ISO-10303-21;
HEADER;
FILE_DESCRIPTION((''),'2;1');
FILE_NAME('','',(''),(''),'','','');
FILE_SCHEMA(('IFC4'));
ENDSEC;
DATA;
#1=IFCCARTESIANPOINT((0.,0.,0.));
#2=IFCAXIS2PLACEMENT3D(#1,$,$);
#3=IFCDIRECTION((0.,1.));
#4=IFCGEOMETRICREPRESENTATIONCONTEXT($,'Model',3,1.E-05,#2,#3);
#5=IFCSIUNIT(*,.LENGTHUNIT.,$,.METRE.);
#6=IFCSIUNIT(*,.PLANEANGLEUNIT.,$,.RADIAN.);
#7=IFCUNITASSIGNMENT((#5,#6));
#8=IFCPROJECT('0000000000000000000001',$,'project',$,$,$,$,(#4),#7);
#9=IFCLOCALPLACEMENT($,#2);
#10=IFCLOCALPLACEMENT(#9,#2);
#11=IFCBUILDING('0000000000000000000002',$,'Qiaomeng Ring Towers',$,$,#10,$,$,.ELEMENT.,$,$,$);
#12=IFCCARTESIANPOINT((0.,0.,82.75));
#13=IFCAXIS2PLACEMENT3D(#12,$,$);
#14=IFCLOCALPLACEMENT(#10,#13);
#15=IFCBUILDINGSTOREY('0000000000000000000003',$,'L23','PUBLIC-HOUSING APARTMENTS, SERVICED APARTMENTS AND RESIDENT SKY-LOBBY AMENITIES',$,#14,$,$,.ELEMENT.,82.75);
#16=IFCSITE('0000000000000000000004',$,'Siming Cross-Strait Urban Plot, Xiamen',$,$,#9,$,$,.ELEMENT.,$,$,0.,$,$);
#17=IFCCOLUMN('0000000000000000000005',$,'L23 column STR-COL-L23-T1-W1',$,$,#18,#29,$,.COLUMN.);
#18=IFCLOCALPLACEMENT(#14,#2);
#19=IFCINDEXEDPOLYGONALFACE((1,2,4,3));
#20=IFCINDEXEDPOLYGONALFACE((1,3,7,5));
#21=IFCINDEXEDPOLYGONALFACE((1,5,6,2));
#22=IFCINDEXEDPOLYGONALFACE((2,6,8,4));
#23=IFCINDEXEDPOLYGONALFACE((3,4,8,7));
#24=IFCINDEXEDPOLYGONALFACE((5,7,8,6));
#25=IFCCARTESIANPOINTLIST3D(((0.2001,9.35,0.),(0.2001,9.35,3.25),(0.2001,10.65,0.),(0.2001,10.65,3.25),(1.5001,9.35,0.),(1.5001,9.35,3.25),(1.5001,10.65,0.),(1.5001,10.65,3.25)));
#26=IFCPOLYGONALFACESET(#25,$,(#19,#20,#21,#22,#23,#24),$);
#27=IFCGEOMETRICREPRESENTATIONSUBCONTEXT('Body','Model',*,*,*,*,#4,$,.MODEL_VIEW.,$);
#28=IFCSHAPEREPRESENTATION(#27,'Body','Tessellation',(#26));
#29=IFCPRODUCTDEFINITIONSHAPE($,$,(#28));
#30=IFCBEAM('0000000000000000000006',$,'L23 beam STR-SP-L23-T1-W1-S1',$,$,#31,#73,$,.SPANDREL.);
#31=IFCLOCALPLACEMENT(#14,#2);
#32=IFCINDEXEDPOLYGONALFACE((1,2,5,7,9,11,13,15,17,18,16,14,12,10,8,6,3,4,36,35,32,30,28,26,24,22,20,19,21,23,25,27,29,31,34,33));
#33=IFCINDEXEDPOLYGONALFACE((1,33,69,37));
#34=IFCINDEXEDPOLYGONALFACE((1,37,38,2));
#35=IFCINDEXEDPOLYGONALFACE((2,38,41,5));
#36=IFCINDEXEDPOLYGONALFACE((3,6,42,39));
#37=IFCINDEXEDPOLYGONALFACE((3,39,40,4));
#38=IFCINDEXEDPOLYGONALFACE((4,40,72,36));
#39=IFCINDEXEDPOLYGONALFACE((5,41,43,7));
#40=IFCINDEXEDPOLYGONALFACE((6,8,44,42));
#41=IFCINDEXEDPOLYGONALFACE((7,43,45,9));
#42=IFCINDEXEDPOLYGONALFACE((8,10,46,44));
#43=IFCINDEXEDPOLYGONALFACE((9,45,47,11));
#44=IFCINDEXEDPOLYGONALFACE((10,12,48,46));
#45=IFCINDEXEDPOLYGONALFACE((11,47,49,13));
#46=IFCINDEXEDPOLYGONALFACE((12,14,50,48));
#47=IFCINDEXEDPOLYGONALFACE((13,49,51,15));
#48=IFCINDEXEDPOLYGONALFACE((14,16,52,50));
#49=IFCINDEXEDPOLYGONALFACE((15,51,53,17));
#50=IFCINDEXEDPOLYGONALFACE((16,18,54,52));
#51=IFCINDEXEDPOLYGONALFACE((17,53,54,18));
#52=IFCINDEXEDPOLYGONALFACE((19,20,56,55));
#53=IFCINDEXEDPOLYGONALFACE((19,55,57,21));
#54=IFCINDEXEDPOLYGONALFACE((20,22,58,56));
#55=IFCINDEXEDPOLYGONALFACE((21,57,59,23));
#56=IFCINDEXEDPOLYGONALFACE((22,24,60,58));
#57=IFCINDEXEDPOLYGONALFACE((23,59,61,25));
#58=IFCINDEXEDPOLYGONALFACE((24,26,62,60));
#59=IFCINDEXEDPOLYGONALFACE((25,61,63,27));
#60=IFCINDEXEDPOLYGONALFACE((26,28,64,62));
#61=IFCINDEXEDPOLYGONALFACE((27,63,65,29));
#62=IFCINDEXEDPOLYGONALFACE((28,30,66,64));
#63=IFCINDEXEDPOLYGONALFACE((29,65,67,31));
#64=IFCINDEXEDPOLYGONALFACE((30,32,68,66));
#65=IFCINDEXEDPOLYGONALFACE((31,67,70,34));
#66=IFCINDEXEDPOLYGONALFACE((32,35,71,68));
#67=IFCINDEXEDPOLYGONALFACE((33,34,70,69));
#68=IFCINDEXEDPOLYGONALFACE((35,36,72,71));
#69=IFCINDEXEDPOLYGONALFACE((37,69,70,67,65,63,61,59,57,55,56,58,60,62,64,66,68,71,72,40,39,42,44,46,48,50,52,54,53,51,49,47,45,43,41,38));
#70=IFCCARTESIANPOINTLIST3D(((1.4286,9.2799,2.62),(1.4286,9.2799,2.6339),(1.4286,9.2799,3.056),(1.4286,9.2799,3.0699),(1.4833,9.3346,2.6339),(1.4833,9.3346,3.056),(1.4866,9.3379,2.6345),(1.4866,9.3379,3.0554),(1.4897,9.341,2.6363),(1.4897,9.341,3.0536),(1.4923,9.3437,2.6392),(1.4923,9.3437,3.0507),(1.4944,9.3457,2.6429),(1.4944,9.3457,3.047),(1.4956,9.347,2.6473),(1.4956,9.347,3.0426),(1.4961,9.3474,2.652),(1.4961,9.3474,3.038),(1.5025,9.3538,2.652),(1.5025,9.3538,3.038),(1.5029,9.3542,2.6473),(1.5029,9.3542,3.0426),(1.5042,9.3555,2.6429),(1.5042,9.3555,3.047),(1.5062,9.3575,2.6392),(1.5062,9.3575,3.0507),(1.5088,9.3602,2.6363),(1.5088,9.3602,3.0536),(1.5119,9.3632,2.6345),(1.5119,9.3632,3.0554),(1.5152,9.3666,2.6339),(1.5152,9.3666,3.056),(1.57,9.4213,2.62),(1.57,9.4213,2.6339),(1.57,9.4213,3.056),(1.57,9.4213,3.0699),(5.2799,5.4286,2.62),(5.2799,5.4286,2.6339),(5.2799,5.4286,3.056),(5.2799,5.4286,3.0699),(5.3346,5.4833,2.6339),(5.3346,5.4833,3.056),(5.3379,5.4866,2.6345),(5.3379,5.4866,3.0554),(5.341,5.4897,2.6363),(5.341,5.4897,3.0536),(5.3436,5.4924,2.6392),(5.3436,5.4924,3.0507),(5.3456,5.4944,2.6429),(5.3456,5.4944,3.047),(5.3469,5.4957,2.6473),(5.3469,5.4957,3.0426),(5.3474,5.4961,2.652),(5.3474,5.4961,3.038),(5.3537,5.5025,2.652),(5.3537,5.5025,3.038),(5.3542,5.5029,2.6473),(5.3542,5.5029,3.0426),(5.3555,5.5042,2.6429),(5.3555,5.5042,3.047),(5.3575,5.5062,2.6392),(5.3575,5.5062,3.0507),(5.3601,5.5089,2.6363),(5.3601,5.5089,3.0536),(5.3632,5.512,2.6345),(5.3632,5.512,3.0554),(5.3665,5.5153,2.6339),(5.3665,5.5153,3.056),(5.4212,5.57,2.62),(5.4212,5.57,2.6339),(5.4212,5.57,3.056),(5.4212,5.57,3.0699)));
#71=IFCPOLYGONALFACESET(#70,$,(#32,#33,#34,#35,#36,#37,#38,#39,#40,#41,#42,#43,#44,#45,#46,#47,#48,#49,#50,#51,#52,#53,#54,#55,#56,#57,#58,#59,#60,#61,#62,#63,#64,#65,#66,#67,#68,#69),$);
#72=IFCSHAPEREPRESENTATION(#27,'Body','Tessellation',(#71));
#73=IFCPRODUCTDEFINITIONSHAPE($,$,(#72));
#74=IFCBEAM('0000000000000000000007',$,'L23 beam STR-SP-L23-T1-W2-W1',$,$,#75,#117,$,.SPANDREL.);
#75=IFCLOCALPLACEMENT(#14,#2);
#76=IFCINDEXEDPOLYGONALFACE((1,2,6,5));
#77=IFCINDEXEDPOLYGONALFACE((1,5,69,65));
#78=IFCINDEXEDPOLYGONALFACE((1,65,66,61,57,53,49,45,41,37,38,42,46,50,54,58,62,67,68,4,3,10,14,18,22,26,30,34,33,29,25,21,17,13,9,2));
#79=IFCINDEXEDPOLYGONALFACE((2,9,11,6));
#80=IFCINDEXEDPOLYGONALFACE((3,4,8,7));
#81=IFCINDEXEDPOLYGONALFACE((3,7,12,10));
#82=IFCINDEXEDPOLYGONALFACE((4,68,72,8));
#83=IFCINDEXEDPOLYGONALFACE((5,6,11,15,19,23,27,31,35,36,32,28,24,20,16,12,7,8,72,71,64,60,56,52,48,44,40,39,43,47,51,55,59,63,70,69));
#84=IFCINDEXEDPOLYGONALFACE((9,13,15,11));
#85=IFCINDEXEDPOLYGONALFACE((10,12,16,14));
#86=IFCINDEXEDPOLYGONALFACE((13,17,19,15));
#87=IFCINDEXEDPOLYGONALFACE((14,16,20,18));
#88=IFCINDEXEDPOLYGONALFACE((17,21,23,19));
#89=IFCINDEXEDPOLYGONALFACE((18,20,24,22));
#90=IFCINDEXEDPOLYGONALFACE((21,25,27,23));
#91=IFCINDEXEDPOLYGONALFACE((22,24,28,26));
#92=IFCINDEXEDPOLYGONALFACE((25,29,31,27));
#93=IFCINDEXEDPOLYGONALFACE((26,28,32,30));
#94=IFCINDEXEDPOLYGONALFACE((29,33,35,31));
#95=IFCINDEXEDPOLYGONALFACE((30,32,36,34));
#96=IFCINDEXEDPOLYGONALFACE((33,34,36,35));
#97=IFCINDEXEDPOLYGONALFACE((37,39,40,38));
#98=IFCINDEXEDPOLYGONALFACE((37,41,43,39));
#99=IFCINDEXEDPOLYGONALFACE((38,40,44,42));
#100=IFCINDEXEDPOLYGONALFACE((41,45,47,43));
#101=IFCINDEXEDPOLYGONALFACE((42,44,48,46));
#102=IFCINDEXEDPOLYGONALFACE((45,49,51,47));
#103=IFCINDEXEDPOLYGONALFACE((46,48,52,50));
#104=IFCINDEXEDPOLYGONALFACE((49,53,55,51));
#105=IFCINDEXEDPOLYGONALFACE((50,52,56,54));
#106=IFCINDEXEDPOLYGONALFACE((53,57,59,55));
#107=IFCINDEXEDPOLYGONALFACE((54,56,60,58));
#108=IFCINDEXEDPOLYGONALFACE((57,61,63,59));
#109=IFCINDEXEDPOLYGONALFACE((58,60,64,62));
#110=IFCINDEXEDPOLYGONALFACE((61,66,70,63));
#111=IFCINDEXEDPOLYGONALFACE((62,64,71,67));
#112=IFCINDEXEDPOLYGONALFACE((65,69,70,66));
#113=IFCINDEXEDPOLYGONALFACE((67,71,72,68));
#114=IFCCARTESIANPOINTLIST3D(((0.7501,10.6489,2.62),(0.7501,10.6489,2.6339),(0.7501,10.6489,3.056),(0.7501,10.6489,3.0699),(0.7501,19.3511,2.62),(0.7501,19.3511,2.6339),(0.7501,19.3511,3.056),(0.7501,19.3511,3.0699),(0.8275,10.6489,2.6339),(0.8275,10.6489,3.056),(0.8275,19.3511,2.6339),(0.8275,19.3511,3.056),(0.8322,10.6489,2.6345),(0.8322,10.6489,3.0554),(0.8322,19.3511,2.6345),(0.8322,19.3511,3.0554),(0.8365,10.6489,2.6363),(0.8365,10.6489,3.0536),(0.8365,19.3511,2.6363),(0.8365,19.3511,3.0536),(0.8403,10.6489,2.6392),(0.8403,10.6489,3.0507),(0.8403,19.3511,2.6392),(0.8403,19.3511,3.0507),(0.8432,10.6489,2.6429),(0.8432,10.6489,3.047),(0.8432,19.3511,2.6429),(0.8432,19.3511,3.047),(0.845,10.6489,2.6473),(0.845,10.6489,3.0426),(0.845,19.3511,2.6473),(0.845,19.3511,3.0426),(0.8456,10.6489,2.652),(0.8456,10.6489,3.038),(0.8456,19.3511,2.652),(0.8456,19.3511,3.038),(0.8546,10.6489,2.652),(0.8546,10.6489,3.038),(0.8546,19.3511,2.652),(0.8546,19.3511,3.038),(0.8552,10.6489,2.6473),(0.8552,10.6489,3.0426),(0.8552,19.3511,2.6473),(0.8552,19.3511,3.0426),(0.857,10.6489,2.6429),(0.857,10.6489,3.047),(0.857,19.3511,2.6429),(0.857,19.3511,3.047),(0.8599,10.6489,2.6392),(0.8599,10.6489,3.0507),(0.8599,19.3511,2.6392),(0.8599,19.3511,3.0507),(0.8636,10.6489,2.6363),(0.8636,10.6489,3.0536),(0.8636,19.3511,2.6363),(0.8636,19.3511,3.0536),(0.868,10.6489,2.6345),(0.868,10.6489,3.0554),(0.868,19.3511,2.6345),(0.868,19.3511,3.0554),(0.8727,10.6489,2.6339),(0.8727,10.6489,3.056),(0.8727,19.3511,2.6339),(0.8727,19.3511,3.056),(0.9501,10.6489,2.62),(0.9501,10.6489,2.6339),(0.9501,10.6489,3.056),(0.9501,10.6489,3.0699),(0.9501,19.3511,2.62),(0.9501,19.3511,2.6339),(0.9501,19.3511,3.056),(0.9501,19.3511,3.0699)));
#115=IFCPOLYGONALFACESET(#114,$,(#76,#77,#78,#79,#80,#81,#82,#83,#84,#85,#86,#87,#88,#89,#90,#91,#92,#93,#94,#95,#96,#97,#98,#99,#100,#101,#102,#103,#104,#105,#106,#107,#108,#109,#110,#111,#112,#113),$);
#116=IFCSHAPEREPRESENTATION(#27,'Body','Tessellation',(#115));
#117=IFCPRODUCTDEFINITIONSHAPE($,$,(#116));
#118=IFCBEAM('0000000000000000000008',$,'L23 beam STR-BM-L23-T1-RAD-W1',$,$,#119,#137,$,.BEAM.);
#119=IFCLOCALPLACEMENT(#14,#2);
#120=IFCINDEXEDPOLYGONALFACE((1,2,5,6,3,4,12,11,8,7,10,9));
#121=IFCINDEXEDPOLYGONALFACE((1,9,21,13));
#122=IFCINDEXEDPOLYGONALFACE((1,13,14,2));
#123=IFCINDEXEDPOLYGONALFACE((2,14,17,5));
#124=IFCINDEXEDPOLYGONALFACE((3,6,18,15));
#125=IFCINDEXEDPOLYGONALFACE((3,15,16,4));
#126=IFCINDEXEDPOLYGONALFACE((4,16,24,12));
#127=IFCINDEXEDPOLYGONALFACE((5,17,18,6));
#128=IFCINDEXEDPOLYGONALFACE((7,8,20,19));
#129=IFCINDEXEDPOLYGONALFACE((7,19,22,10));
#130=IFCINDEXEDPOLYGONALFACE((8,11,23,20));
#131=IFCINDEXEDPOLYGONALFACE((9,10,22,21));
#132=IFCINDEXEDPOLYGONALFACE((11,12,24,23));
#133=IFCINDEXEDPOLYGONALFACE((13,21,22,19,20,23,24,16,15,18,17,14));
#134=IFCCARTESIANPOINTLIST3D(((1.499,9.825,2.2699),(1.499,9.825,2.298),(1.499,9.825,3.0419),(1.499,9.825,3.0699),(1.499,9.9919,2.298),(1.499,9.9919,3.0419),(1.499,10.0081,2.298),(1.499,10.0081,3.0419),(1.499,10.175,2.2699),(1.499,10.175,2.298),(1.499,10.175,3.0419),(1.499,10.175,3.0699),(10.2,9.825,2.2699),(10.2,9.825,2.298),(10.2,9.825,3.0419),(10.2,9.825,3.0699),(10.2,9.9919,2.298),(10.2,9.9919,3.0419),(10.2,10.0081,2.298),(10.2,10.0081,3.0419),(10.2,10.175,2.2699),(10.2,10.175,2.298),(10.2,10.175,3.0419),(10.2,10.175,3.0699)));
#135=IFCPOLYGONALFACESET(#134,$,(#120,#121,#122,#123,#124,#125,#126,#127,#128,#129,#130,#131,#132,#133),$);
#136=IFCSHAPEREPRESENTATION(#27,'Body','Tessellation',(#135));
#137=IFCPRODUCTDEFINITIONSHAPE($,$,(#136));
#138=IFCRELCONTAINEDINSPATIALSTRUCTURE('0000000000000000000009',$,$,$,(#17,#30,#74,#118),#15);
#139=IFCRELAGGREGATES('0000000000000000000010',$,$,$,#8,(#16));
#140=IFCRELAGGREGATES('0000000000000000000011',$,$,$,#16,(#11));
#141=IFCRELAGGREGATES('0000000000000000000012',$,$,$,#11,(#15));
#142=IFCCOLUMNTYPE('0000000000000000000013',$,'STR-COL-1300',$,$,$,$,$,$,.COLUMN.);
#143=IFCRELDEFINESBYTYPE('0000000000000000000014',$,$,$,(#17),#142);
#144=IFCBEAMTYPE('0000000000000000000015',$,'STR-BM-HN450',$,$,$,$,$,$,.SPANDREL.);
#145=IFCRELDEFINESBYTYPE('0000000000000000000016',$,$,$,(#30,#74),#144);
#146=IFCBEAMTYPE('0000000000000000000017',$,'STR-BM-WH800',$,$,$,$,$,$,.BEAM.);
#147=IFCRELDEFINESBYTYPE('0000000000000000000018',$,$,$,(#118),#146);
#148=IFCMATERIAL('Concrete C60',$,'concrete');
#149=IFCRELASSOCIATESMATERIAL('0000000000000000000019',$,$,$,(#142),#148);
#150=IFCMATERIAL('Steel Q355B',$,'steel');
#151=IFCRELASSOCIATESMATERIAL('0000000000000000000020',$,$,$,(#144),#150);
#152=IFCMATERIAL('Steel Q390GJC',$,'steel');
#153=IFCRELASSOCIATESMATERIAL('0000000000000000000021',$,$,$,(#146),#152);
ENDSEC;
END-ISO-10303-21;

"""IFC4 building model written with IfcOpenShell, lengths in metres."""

from ifc_helpers import new_model, si_unit, direction, frame, origin, origin_2d, place, context, subcontext, project, spatial, rectangle, i_section, extrude, source, transform, mapped, material, material_profile, profile_set, type_object, element, save


model = new_model("IFC4")

# Units and contexts
model_context = context("Model", 3, precision=1e-05, world=origin(), true_north=direction((0.0, 1.0)))
body_context = subcontext(model_context, "Body", "Model", "MODEL_VIEW")
ifc_project = project(units=[si_unit("LENGTHUNIT", "METRE"), si_unit("PLANEANGLEUNIT", "RADIAN")], contexts=[model_context])

# Site, building, storey
site_placement = place(None, origin())
site = spatial("IfcSite", under=ifc_project, at=site_placement, Name="Siming Cross-Strait Urban Plot, Xiamen", CompositionType="ELEMENT", RefElevation=0.0)
building_placement = place(site_placement, origin())
building = spatial("IfcBuilding", under=site, at=building_placement, Name="Qiaomeng Ring Towers", CompositionType="ELEMENT")
storey_placement = place(building_placement, frame((0.0, 0.0, 82.75)))
storey = spatial("IfcBuildingStorey", under=building, at=storey_placement, Name="L23", Description="PUBLIC-HOUSING APARTMENTS, SERVICED APARTMENTS AND RESIDENT SKY-LOBBY AMENITIES", CompositionType="ELEMENT", Elevation=82.75)

# Column
ifc_material_1 = material(Name="Concrete C60", Category="concrete")
ifc_material_profile_1 = material_profile(ifc_material_1, rectangle(XDim=1.3, YDim=1.3, at=origin_2d()), Name="RC COL 1300x1300")
ifc_profile_set_1 = profile_set([ifc_material_profile_1], Name="Concrete C60")
column_type = type_object("IfcColumnType", Name="STR-COL-1300", PredefinedType="COLUMN", material=ifc_profile_set_1)
shared_shape_1 = source(origin(), body_context, "Body", "SweptSolid", [
    extrude(rectangle(XDim=1.3, YDim=1.3, at=origin_2d()), origin(), (0.0, 0.0, 1.0), 3.25),
])
column_placement = place(storey_placement, frame((0.8501, 10.0, 0.0), z_axis=(0.0, 0.0, 1.0), x_axis=(1.0, 0.0, 0.0)))
element("IfcColumn", 1, at=column_placement, inside=storey, type_object=column_type, Name="L23 column STR-COL-L23-T1-W1", PredefinedType="COLUMN", context=body_context, shape_type="MappedRepresentation", body=[
    mapped(shared_shape_1, transform((0.0, 0.0, 0.0), x_axis=(1.0, 0.0, 0.0), y_axis=(0.0, 1.0, 0.0), z_axis=(0.0, 0.0, 1.0), scale=1.0)),
])

# Beams
ifc_material_2 = material(Name="Steel Q355B", Category="steel")
ifc_material_profile_2 = material_profile(ifc_material_2, i_section(OverallWidth=0.2, OverallDepth=0.45, WebThickness=0.009, FlangeThickness=0.0139, FilletRadius=0.0181, at=origin_2d()), Name="HN 450x200x9x14")
ifc_profile_set_2 = profile_set([ifc_material_profile_2], Name="Steel Q355B")
beam_type_1 = type_object("IfcBeamType", Name="STR-BM-HN450", PredefinedType="SPANDREL", material=ifc_profile_set_2)
shared_shape_2 = source(origin(), body_context, "Body", "SweptSolid", [
    extrude(i_section(OverallWidth=0.2, OverallDepth=0.45, WebThickness=0.009, FlangeThickness=0.0139, FilletRadius=0.0181, at=origin_2d()), origin(), (0.0, 0.0, 1.0), 5.4465),
])
beam_1_placement = place(storey_placement, frame((1.4993, 9.3506, 2.845), z_axis=(0.707107, -0.707107, 0.0), x_axis=(0.707107, 0.707107, 0.0)))
element("IfcBeam", 2, at=beam_1_placement, inside=storey, type_object=beam_type_1, Name="L23 beam STR-SP-L23-T1-W1-S1", PredefinedType="SPANDREL", context=body_context, shape_type="MappedRepresentation", body=[
    mapped(shared_shape_2, transform((0.0, 0.0, 0.0), x_axis=(1.0, 0.0, 0.0), y_axis=(0.0, 1.0, 0.0), z_axis=(0.0, 0.0, 1.0), scale=1.0)),
])
shared_shape_3 = source(origin(), body_context, "Body", "SweptSolid", [
    extrude(i_section(OverallWidth=0.2, OverallDepth=0.45, WebThickness=0.009, FlangeThickness=0.0139, FilletRadius=0.0181, at=origin_2d()), origin(), (0.0, 0.0, 1.0), 8.7021),
])
beam_2_placement = place(storey_placement, frame((0.8501, 19.3511, 2.845), z_axis=(0.0, -1.0, 0.0), x_axis=(1.0, 0.0, 0.0)))
element("IfcBeam", 3, at=beam_2_placement, inside=storey, type_object=beam_type_1, Name="L23 beam STR-SP-L23-T1-W2-W1", PredefinedType="SPANDREL", context=body_context, shape_type="MappedRepresentation", body=[
    mapped(shared_shape_3, transform((0.0, 0.0, 0.0), x_axis=(1.0, 0.0, 0.0), y_axis=(0.0, 1.0, 0.0), z_axis=(0.0, 0.0, 1.0), scale=1.0)),
])
ifc_material_3 = material(Name="Steel Q390GJC", Category="steel")
ifc_material_profile_3 = material_profile(ifc_material_3, i_section(OverallWidth=0.3501, OverallDepth=0.8, WebThickness=0.0161, FlangeThickness=0.0281, at=origin_2d()), Name="WH 800x350x16x28")
ifc_profile_set_3 = profile_set([ifc_material_profile_3], Name="Steel Q390GJC")
beam_type_2 = type_object("IfcBeamType", Name="STR-BM-WH800", PredefinedType="BEAM", material=ifc_profile_set_3)
shared_shape_4 = source(origin(), body_context, "Body", "SweptSolid", [
    extrude(i_section(OverallWidth=0.3501, OverallDepth=0.8, WebThickness=0.0161, FlangeThickness=0.0281, at=origin_2d()), origin(), (0.0, 0.0, 1.0), 8.7009),
])
beam_3_placement = place(storey_placement, frame((1.499, 10.0, 2.6699), z_axis=(1.0, 0.0, 0.0), x_axis=(0.0, 1.0, 0.0)))
element("IfcBeam", 4, at=beam_3_placement, inside=storey, type_object=beam_type_2, Name="L23 beam STR-BM-L23-T1-RAD-W1", PredefinedType="BEAM", context=body_context, shape_type="MappedRepresentation", body=[
    mapped(shared_shape_4, transform((0.0, 0.0, 0.0), x_axis=(1.0, 0.0, 0.0), y_axis=(0.0, 1.0, 0.0), z_axis=(0.0, 0.0, 1.0), scale=1.0)),
])

save(model, "model.ifc")
